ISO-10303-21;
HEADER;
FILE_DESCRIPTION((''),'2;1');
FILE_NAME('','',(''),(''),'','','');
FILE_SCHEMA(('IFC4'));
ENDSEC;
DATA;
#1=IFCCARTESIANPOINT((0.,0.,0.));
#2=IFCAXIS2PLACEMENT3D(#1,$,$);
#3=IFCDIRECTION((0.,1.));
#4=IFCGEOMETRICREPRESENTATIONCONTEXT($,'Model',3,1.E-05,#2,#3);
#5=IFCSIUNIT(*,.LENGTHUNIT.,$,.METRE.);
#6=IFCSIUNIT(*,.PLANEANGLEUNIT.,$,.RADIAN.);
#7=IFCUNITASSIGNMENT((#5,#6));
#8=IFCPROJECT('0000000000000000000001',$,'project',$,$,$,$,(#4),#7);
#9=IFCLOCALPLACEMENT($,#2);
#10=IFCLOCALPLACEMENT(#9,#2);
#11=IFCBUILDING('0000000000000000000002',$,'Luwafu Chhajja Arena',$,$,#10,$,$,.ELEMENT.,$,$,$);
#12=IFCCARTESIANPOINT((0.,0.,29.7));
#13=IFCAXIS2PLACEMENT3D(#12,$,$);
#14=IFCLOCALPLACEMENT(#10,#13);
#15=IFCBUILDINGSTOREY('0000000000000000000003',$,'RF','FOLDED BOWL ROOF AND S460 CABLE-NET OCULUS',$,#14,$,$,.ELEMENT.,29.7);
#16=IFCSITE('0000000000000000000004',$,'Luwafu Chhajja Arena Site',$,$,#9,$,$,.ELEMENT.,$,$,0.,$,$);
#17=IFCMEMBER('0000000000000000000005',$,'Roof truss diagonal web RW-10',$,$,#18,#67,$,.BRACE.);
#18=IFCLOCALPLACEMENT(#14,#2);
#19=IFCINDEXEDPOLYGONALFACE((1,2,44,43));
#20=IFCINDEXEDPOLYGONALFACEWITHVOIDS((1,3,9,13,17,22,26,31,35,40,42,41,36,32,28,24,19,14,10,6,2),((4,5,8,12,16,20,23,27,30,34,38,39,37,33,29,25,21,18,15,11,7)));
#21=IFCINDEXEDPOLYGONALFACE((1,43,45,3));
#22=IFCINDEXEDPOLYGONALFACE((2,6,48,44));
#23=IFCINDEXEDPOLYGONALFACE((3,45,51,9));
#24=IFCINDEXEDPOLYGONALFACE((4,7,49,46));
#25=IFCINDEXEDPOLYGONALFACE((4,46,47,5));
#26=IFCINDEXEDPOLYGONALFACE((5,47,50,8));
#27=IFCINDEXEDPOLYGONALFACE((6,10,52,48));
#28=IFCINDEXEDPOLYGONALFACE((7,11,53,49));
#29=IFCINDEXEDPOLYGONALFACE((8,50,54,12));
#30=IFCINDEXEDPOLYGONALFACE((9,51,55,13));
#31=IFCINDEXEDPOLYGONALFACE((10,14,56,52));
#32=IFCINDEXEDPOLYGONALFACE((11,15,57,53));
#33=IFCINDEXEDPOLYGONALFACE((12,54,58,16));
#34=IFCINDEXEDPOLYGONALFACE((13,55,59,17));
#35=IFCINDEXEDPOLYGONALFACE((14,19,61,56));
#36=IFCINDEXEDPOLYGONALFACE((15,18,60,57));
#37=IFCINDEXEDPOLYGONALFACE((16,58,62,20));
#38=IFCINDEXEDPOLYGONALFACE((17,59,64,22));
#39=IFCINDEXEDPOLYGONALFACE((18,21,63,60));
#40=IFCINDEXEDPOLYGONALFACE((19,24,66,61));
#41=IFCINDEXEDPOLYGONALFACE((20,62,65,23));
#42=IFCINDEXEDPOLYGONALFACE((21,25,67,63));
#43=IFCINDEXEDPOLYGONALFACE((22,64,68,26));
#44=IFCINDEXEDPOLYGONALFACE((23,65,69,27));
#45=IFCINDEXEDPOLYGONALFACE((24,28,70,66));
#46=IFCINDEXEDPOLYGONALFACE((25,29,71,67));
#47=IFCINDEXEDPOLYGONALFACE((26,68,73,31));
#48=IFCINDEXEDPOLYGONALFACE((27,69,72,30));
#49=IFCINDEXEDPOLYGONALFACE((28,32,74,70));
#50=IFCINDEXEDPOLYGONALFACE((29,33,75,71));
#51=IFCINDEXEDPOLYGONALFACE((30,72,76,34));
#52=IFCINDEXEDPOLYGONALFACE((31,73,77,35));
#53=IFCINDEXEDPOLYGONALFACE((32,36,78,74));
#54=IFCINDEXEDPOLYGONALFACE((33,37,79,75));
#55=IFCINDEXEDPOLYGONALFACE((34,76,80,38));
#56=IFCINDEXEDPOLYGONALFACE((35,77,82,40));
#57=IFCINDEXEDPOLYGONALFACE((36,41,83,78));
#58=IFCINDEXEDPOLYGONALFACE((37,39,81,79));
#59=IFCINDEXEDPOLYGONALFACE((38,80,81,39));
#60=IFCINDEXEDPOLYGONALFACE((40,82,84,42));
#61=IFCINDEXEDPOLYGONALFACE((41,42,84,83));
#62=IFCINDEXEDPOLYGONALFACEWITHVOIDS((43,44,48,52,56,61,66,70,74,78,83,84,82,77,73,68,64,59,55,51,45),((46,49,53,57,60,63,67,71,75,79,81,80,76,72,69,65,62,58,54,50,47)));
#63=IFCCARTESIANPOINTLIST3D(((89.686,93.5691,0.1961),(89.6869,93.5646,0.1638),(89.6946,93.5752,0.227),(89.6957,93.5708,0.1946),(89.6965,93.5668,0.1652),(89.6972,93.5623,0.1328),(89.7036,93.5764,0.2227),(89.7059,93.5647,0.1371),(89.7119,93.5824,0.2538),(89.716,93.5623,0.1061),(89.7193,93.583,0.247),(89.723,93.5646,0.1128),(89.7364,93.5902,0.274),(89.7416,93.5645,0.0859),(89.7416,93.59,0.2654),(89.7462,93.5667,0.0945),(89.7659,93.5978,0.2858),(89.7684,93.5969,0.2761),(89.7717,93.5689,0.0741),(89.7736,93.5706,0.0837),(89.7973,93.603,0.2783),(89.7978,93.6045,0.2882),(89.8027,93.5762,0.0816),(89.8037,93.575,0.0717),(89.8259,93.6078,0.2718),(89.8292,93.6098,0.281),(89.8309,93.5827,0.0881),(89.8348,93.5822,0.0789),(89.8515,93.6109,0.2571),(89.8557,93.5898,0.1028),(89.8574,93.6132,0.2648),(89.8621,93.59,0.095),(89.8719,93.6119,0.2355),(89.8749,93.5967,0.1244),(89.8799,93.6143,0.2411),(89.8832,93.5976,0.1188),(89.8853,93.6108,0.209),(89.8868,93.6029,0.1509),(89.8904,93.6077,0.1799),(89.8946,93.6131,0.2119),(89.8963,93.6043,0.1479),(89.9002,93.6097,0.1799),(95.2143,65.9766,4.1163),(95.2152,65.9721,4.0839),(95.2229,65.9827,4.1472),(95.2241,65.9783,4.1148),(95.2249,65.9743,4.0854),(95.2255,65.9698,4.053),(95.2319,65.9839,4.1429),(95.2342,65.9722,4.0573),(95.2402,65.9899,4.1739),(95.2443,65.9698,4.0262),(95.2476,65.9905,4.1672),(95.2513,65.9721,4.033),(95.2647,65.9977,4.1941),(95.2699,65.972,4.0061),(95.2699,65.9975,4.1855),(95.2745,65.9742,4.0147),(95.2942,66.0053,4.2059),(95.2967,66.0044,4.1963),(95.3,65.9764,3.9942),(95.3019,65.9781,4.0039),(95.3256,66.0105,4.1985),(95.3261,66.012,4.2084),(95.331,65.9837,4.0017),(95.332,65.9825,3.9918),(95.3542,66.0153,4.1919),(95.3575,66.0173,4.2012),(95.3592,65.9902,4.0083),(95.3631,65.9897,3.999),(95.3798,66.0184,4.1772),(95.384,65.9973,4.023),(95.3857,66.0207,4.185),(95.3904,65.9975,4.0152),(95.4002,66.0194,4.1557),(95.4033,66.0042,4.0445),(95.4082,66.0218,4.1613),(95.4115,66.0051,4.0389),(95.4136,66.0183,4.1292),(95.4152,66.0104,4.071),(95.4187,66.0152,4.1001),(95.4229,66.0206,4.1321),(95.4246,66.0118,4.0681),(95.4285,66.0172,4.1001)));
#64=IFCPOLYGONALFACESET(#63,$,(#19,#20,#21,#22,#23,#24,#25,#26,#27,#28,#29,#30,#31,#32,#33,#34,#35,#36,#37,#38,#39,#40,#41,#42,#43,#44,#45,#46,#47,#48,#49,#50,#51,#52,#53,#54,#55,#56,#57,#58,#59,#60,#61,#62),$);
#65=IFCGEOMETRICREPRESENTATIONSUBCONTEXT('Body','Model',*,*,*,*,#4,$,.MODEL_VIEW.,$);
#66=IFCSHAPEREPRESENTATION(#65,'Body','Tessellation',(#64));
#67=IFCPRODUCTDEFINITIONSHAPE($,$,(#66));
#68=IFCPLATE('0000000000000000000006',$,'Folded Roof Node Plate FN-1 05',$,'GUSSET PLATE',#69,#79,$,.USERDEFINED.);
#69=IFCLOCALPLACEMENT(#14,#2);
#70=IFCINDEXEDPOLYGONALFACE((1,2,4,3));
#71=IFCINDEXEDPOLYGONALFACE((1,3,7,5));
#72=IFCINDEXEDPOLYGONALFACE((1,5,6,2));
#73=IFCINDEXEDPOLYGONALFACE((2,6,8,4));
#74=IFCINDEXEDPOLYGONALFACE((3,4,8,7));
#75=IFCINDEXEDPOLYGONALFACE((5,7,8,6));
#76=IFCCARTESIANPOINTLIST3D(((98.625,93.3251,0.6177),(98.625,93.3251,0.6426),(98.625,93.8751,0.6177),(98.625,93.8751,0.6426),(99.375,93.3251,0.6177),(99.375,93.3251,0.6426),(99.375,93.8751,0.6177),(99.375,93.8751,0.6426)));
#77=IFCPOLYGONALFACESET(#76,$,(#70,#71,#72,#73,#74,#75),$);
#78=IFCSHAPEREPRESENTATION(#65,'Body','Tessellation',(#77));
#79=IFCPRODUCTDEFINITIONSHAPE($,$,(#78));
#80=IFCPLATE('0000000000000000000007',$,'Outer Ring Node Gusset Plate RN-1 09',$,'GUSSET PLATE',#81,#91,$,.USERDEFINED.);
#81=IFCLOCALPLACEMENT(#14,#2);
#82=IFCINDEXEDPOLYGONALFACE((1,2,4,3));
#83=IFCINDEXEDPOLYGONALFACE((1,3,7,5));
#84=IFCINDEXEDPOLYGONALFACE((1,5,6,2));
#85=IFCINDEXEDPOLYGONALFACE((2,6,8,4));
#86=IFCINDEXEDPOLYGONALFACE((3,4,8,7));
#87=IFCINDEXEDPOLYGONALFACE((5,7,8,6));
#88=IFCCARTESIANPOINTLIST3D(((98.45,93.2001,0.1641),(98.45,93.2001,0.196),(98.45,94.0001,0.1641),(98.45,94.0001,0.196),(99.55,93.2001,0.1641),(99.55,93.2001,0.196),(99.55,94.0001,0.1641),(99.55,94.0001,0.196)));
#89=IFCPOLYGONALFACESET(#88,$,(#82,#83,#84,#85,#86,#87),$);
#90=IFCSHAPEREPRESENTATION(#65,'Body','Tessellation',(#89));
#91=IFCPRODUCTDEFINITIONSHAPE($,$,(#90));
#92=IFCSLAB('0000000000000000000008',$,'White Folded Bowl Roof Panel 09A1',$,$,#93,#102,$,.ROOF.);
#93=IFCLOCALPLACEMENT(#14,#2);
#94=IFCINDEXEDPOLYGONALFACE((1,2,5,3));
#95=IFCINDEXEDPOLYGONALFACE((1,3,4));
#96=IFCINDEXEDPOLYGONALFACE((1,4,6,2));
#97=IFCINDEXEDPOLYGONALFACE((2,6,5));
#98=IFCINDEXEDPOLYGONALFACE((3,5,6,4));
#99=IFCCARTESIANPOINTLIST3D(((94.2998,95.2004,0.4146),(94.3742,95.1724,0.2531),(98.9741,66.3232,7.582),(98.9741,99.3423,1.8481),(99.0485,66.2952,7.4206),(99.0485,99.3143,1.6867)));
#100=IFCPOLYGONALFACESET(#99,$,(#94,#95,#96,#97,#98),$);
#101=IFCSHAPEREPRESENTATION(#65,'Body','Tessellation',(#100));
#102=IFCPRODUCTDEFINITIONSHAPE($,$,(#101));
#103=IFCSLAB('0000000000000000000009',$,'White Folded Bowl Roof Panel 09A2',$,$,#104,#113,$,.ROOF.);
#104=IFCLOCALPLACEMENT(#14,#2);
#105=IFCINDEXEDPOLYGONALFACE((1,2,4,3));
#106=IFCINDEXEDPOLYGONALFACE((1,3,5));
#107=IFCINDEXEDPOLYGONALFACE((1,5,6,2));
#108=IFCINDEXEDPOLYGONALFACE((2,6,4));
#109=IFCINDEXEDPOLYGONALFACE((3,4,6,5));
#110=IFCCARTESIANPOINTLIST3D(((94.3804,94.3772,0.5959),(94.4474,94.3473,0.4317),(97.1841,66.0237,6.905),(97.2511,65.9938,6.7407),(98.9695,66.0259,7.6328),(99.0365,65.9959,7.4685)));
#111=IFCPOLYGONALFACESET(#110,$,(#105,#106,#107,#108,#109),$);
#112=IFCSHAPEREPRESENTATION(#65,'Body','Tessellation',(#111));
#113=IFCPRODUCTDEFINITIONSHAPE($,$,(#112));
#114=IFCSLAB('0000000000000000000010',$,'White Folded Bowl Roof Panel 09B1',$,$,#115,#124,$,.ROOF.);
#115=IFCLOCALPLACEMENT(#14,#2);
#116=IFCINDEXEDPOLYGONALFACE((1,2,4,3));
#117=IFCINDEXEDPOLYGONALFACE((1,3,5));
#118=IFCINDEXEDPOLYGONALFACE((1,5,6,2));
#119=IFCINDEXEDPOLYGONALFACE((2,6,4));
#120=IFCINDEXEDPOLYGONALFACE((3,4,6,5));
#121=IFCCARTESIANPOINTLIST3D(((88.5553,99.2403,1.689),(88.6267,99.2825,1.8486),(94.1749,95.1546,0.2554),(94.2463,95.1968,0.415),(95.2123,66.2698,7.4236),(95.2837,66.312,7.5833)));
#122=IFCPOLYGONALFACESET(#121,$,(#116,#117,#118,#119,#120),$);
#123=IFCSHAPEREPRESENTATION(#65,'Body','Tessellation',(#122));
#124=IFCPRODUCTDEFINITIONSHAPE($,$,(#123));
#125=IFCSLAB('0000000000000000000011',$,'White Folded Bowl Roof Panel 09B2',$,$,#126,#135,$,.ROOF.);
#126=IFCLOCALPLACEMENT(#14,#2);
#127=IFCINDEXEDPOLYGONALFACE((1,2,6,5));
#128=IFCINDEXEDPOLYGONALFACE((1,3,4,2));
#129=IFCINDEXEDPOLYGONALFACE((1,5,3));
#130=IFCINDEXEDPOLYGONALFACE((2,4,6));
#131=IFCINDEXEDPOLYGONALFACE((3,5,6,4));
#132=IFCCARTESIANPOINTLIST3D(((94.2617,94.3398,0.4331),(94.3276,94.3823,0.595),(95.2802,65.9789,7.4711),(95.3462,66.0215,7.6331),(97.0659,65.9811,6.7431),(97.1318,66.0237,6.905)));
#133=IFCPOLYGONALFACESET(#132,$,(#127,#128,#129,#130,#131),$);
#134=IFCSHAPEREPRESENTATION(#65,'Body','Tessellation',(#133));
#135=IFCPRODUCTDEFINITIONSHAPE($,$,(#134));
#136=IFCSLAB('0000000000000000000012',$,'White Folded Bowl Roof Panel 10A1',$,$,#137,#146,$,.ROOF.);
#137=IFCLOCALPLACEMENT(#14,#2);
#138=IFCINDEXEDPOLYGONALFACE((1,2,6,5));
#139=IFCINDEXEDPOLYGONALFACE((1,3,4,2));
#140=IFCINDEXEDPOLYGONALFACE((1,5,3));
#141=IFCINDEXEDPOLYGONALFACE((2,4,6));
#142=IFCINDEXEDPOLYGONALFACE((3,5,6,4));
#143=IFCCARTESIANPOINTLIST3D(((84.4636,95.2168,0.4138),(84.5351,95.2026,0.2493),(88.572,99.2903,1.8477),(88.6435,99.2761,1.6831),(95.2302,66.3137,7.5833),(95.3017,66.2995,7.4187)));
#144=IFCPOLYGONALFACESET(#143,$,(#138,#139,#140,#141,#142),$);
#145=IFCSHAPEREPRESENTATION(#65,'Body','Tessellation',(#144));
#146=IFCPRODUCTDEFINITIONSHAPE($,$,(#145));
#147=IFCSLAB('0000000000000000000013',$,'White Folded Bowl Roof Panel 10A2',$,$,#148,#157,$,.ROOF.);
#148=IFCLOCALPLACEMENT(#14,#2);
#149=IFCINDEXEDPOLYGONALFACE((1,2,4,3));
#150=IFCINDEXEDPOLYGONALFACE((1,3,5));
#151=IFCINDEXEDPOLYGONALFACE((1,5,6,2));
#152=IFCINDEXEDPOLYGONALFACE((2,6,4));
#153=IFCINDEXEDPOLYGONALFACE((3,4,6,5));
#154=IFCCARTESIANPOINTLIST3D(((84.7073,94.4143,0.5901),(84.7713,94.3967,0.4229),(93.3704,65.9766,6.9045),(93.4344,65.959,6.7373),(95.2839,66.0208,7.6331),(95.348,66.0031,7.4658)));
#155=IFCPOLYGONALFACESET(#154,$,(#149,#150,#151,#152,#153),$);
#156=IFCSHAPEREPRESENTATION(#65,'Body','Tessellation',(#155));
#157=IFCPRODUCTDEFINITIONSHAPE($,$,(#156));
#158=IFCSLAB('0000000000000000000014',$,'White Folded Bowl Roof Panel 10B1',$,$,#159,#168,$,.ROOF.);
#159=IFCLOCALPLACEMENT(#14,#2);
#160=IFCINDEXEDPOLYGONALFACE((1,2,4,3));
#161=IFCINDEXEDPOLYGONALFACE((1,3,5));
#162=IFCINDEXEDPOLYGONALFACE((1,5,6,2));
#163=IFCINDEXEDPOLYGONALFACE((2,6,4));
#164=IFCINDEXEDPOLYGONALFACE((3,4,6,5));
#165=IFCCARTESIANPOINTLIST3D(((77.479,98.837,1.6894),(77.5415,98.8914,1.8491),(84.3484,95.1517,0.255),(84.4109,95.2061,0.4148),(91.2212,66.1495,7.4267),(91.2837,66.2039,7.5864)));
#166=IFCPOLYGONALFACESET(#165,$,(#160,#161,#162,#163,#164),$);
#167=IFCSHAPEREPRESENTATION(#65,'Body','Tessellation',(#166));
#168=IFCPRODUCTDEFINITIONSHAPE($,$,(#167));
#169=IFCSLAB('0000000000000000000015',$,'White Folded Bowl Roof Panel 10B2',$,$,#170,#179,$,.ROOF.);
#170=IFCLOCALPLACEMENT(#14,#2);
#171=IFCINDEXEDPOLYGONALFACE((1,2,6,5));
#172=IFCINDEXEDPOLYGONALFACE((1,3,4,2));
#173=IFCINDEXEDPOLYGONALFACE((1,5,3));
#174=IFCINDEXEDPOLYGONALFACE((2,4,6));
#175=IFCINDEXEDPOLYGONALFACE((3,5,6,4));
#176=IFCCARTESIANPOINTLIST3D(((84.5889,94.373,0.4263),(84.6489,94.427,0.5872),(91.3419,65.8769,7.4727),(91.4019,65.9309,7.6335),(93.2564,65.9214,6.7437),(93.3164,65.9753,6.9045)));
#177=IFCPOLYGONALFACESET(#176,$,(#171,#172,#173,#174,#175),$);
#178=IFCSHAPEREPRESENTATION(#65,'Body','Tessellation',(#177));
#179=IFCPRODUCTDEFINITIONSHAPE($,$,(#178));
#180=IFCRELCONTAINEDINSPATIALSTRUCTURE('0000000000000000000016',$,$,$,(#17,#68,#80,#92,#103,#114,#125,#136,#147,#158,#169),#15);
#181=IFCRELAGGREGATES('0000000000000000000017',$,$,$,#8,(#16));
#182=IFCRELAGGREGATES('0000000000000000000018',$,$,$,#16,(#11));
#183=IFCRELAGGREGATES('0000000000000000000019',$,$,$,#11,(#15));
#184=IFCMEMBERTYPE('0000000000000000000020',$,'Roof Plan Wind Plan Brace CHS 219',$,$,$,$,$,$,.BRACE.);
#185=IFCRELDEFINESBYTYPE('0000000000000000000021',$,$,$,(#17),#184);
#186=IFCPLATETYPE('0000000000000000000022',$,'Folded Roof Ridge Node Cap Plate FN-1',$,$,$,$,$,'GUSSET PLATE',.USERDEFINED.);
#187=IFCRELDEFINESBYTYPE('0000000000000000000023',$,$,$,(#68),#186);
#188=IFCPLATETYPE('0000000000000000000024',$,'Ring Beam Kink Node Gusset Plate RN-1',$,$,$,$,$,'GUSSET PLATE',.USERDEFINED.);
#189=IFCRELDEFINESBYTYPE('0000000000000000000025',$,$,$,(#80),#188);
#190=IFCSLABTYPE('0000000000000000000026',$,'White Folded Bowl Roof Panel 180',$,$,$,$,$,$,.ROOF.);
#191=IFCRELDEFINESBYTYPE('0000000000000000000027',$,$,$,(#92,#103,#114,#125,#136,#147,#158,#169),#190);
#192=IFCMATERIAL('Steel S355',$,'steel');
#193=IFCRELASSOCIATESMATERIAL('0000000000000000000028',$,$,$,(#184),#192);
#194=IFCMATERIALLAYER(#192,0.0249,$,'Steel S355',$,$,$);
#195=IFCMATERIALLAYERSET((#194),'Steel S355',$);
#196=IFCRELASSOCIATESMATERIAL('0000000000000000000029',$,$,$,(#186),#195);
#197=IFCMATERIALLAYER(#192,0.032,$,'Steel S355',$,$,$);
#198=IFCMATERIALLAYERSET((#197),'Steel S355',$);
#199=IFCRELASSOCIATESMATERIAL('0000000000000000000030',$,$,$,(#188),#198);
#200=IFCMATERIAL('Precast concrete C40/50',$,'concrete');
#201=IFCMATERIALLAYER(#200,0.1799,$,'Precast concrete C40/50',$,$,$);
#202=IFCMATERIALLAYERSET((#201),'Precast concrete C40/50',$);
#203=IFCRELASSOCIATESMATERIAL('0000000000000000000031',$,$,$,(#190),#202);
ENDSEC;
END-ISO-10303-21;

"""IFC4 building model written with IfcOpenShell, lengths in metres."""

from ifc_helpers import new_model, si_unit, direction, frame, origin, origin_2d, place, context, subcontext, project, spatial, polyline, rectangle, hollow_circle, outline, extrude, material, layer, layer_set, material_profile, profile_set, type_object, element, save


model = new_model("IFC4")

# Units and contexts
model_context = context("Model", 3, precision=1e-05, world=origin(), true_north=direction((0.0, 1.0)))
body_context = subcontext(model_context, "Body", "Model", "MODEL_VIEW")
ifc_project = project(units=[si_unit("LENGTHUNIT", "METRE"), si_unit("PLANEANGLEUNIT", "RADIAN")], contexts=[model_context])

# Site, building, storey
site_placement = place(None, origin())
site = spatial("IfcSite", under=ifc_project, at=site_placement, Name="Luwafu Chhajja Arena Site", CompositionType="ELEMENT", RefElevation=0.0)
building_placement = place(site_placement, origin())
building = spatial("IfcBuilding", under=site, at=building_placement, Name="Luwafu Chhajja Arena", CompositionType="ELEMENT")
storey_placement = place(building_placement, frame((0.0, 0.0, 29.7)))
storey = spatial("IfcBuildingStorey", under=building, at=storey_placement, Name="RF", Description="FOLDED BOWL ROOF AND S460 CABLE-NET OCULUS", CompositionType="ELEMENT", Elevation=29.7)

# Shared definitions
ifc_material_1 = material(Name="Steel S355", Category="steel")

# Member
ifc_material_profile_1 = material_profile(ifc_material_1, hollow_circle(Radius=0.1096, WallThickness=0.01, at=origin_2d()), Name="CHS 219.1x10")
ifc_profile_set_1 = profile_set([ifc_material_profile_1], Name="Steel S355")
member_type = type_object("IfcMemberType", Name="Roof Plan Wind Plan Brace CHS 219", PredefinedType="BRACE", material=ifc_profile_set_1)
member_1_placement = place(storey_placement, frame((89.7927, 93.5881, 0.1799), z_axis=(0.194573, -0.971136, 0.137973), x_axis=(0.980514, 0.196451, 0.0)))
element("IfcMember", 1, at=member_1_placement, inside=storey, type_object=member_type, Name="Roof truss diagonal web RW-10", PredefinedType="BRACE", context=body_context, shape_type="SweptSolid", body=[
    extrude(hollow_circle(Radius=0.1096, WallThickness=0.01, at=origin_2d()), origin(), (0.0, 0.0, 1.0), 28.4126),
])

# Plates
ifc_layer_1 = layer(ifc_material_1, 0.0249, Name="Steel S355")
ifc_layer_set_1 = layer_set([ifc_layer_1], Name="Steel S355")
plate_type_1 = type_object("IfcPlateType", Name="Folded Roof Ridge Node Cap Plate FN-1", ElementType="GUSSET PLATE", PredefinedType="USERDEFINED", material=ifc_layer_set_1)
plate_1_placement = place(storey_placement, frame((99.0, 93.6001, 0.6177), z_axis=(0.0, 0.0, 1.0), x_axis=(1.0, 0.0, 0.0)))
element("IfcPlate", 2, at=plate_1_placement, inside=storey, type_object=plate_type_1, Name="Folded Roof Node Plate FN-1 05", ObjectType="GUSSET PLATE", PredefinedType="USERDEFINED", context=body_context, shape_type="SweptSolid", body=[
    extrude(rectangle(XDim=0.75, YDim=0.55, at=origin_2d()), origin(), (0.0, 0.0, 1.0), 0.0249),
])
ifc_layer_2 = layer(ifc_material_1, 0.032, Name="Steel S355")
ifc_layer_set_2 = layer_set([ifc_layer_2], Name="Steel S355")
plate_type_2 = type_object("IfcPlateType", Name="Ring Beam Kink Node Gusset Plate RN-1", ElementType="GUSSET PLATE", PredefinedType="USERDEFINED", material=ifc_layer_set_2)
plate_2_placement = place(storey_placement, frame((99.0, 93.6001, 0.1641), z_axis=(0.0, 0.0, 1.0), x_axis=(1.0, 0.0, 0.0)))
element("IfcPlate", 3, at=plate_2_placement, inside=storey, type_object=plate_type_2, Name="Outer Ring Node Gusset Plate RN-1 09", ObjectType="GUSSET PLATE", PredefinedType="USERDEFINED", context=body_context, shape_type="SweptSolid", body=[
    extrude(rectangle(XDim=1.1001, YDim=0.8, at=origin_2d()), origin(), (0.0, 0.0, 1.0), 0.032),
])

# Slabs
ifc_material_2 = material(Name="Precast concrete C40/50", Category="concrete")
ifc_layer_3 = layer(ifc_material_2, 0.1799, Name="Precast concrete C40/50")
ifc_layer_set_3 = layer_set([ifc_layer_3], Name="Precast concrete C40/50")
slab_type = type_object("IfcSlabType", Name="White Folded Bowl Roof Panel 180", PredefinedType="ROOF", material=ifc_layer_set_3)
slab_1_placement = place(storey_placement, frame((98.9741, 99.3423, 1.8481), z_axis=(-0.413223, 0.155803, 0.897202), x_axis=(0.0, -0.985255, 0.171093)))
element("IfcSlab", 4, at=slab_1_placement, inside=storey, type_object=slab_type, Name="White Folded Bowl Roof Panel 09A1", PredefinedType="ROOF", context=body_context, shape_type="SweptSolid", body=[
    extrude(outline(polyline([(0.0, 0.0), (33.5132, 0.0), (3.8355, -5.1331), (0.0, 0.0)])), origin(), (0.0, 0.0, -1.0), 0.1799),
])
slab_2_placement = place(storey_placement, frame((94.3804, 94.3772, 0.5959), z_axis=(-0.37239, 0.166343, 0.913047), x_axis=(0.155196, -0.958792, 0.237975)))
element("IfcSlab", 5, at=slab_2_placement, inside=storey, type_object=slab_type, Name="White Folded Bowl Roof Panel 09A2", PredefinedType="ROOF", context=body_context, shape_type="SweptSolid", body=[
    extrude(outline(polyline([(0.0, 0.0), (29.5698, 0.0), (29.1217, -1.8752), (0.0, 0.0)])), origin(), (0.0, 0.0, -1.0), 0.1799),
])
slab_3_placement = place(storey_placement, frame((94.2463, 95.1968, 0.415), z_axis=(0.396862, 0.234481, 0.887423), x_axis=(0.034835, -0.969971, 0.240714)))
element("IfcSlab", 6, at=slab_3_placement, inside=storey, type_object=slab_type, Name="White Folded Bowl Roof Panel 09B1", PredefinedType="ROOF", context=body_context, shape_type="SweptSolid", body=[
    extrude(outline(polyline([(0.0, 0.0), (29.779, 0.0), (-3.8137, -5.982), (0.0, 0.0)])), origin(), (0.0, 0.0, -1.0), 0.1799),
])
slab_4_placement = place(storey_placement, frame((94.3276, 94.3823, 0.595), z_axis=(0.366581, 0.23647, 0.899833), x_axis=(0.096076, -0.971612, 0.216193)))
element("IfcSlab", 7, at=slab_4_placement, inside=storey, type_object=slab_type, Name="White Folded Bowl Roof Panel 09B2", PredefinedType="ROOF", context=body_context, shape_type="SweptSolid", body=[
    extrude(outline(polyline([(0.0, 0.0), (29.1872, 0.0), (29.1752, -1.9283), (0.0, 0.0)])), origin(), (0.0, 0.0, -1.0), 0.1799),
])
slab_5_placement = place(storey_placement, frame((88.572, 99.2903, 1.8477), z_axis=(-0.397249, 0.07882, 0.91432), x_axis=(0.195098, -0.966277, 0.168064)))
element("IfcSlab", 8, at=slab_5_placement, inside=storey, type_object=slab_type, Name="White Folded Bowl Roof Panel 10A1", PredefinedType="ROOF", context=body_context, shape_type="SweptSolid", body=[
    extrude(outline(polyline([(0.0, 0.0), (34.1274, 0.0), (2.8936, -5.2111), (0.0, 0.0)])), origin(), (0.0, 0.0, -1.0), 0.1799),
])
slab_6_placement = place(storey_placement, frame((84.7073, 94.4143, 0.5901), z_axis=(-0.356062, 0.097883, 0.929322), x_axis=(0.340006, -0.912762, 0.226409)))
element("IfcSlab", 9, at=slab_6_placement, inside=storey, type_object=slab_type, Name="White Folded Bowl Roof Panel 10A2", PredefinedType="ROOF", context=body_context, shape_type="SweptSolid", body=[
    extrude(outline(polyline([(0.0, 0.0), (31.1073, 0.0), (30.332, -1.8956), (0.0, 0.0)])), origin(), (0.0, 0.0, -1.0), 0.1799),
])
slab_7_placement = place(storey_placement, frame((84.4109, 95.2061, 0.4148), z_axis=(0.347317, 0.301849, 0.887839), x_axis=(0.224191, -0.94605, 0.233938)))
element("IfcSlab", 10, at=slab_7_placement, inside=storey, type_object=slab_type, Name="White Folded Bowl Roof Panel 10B1", PredefinedType="ROOF", context=body_context, shape_type="SweptSolid", body=[
    extrude(outline(polyline([(0.0, 0.0), (30.6561, 0.0), (-4.691, -6.3892), (0.0, 0.0)])), origin(), (0.0, 0.0, -1.0), 0.1799),
])
slab_8_placement = place(storey_placement, frame((84.6489, 94.427, 0.5872), z_axis=(0.333366, 0.300012, 0.89379), x_axis=(0.285057, -0.935722, 0.207767)))
element("IfcSlab", 11, at=slab_8_placement, inside=storey, type_object=slab_type, Name="White Folded Bowl Roof Panel 10B2", PredefinedType="ROOF", context=body_context, shape_type="SweptSolid", body=[
    extrude(outline(polyline([(0.0, 0.0), (30.4061, 0.0), (30.0534, -2.0185), (0.0, 0.0)])), origin(), (0.0, 0.0, -1.0), 0.1799),
])

save(model, "model.ifc")
